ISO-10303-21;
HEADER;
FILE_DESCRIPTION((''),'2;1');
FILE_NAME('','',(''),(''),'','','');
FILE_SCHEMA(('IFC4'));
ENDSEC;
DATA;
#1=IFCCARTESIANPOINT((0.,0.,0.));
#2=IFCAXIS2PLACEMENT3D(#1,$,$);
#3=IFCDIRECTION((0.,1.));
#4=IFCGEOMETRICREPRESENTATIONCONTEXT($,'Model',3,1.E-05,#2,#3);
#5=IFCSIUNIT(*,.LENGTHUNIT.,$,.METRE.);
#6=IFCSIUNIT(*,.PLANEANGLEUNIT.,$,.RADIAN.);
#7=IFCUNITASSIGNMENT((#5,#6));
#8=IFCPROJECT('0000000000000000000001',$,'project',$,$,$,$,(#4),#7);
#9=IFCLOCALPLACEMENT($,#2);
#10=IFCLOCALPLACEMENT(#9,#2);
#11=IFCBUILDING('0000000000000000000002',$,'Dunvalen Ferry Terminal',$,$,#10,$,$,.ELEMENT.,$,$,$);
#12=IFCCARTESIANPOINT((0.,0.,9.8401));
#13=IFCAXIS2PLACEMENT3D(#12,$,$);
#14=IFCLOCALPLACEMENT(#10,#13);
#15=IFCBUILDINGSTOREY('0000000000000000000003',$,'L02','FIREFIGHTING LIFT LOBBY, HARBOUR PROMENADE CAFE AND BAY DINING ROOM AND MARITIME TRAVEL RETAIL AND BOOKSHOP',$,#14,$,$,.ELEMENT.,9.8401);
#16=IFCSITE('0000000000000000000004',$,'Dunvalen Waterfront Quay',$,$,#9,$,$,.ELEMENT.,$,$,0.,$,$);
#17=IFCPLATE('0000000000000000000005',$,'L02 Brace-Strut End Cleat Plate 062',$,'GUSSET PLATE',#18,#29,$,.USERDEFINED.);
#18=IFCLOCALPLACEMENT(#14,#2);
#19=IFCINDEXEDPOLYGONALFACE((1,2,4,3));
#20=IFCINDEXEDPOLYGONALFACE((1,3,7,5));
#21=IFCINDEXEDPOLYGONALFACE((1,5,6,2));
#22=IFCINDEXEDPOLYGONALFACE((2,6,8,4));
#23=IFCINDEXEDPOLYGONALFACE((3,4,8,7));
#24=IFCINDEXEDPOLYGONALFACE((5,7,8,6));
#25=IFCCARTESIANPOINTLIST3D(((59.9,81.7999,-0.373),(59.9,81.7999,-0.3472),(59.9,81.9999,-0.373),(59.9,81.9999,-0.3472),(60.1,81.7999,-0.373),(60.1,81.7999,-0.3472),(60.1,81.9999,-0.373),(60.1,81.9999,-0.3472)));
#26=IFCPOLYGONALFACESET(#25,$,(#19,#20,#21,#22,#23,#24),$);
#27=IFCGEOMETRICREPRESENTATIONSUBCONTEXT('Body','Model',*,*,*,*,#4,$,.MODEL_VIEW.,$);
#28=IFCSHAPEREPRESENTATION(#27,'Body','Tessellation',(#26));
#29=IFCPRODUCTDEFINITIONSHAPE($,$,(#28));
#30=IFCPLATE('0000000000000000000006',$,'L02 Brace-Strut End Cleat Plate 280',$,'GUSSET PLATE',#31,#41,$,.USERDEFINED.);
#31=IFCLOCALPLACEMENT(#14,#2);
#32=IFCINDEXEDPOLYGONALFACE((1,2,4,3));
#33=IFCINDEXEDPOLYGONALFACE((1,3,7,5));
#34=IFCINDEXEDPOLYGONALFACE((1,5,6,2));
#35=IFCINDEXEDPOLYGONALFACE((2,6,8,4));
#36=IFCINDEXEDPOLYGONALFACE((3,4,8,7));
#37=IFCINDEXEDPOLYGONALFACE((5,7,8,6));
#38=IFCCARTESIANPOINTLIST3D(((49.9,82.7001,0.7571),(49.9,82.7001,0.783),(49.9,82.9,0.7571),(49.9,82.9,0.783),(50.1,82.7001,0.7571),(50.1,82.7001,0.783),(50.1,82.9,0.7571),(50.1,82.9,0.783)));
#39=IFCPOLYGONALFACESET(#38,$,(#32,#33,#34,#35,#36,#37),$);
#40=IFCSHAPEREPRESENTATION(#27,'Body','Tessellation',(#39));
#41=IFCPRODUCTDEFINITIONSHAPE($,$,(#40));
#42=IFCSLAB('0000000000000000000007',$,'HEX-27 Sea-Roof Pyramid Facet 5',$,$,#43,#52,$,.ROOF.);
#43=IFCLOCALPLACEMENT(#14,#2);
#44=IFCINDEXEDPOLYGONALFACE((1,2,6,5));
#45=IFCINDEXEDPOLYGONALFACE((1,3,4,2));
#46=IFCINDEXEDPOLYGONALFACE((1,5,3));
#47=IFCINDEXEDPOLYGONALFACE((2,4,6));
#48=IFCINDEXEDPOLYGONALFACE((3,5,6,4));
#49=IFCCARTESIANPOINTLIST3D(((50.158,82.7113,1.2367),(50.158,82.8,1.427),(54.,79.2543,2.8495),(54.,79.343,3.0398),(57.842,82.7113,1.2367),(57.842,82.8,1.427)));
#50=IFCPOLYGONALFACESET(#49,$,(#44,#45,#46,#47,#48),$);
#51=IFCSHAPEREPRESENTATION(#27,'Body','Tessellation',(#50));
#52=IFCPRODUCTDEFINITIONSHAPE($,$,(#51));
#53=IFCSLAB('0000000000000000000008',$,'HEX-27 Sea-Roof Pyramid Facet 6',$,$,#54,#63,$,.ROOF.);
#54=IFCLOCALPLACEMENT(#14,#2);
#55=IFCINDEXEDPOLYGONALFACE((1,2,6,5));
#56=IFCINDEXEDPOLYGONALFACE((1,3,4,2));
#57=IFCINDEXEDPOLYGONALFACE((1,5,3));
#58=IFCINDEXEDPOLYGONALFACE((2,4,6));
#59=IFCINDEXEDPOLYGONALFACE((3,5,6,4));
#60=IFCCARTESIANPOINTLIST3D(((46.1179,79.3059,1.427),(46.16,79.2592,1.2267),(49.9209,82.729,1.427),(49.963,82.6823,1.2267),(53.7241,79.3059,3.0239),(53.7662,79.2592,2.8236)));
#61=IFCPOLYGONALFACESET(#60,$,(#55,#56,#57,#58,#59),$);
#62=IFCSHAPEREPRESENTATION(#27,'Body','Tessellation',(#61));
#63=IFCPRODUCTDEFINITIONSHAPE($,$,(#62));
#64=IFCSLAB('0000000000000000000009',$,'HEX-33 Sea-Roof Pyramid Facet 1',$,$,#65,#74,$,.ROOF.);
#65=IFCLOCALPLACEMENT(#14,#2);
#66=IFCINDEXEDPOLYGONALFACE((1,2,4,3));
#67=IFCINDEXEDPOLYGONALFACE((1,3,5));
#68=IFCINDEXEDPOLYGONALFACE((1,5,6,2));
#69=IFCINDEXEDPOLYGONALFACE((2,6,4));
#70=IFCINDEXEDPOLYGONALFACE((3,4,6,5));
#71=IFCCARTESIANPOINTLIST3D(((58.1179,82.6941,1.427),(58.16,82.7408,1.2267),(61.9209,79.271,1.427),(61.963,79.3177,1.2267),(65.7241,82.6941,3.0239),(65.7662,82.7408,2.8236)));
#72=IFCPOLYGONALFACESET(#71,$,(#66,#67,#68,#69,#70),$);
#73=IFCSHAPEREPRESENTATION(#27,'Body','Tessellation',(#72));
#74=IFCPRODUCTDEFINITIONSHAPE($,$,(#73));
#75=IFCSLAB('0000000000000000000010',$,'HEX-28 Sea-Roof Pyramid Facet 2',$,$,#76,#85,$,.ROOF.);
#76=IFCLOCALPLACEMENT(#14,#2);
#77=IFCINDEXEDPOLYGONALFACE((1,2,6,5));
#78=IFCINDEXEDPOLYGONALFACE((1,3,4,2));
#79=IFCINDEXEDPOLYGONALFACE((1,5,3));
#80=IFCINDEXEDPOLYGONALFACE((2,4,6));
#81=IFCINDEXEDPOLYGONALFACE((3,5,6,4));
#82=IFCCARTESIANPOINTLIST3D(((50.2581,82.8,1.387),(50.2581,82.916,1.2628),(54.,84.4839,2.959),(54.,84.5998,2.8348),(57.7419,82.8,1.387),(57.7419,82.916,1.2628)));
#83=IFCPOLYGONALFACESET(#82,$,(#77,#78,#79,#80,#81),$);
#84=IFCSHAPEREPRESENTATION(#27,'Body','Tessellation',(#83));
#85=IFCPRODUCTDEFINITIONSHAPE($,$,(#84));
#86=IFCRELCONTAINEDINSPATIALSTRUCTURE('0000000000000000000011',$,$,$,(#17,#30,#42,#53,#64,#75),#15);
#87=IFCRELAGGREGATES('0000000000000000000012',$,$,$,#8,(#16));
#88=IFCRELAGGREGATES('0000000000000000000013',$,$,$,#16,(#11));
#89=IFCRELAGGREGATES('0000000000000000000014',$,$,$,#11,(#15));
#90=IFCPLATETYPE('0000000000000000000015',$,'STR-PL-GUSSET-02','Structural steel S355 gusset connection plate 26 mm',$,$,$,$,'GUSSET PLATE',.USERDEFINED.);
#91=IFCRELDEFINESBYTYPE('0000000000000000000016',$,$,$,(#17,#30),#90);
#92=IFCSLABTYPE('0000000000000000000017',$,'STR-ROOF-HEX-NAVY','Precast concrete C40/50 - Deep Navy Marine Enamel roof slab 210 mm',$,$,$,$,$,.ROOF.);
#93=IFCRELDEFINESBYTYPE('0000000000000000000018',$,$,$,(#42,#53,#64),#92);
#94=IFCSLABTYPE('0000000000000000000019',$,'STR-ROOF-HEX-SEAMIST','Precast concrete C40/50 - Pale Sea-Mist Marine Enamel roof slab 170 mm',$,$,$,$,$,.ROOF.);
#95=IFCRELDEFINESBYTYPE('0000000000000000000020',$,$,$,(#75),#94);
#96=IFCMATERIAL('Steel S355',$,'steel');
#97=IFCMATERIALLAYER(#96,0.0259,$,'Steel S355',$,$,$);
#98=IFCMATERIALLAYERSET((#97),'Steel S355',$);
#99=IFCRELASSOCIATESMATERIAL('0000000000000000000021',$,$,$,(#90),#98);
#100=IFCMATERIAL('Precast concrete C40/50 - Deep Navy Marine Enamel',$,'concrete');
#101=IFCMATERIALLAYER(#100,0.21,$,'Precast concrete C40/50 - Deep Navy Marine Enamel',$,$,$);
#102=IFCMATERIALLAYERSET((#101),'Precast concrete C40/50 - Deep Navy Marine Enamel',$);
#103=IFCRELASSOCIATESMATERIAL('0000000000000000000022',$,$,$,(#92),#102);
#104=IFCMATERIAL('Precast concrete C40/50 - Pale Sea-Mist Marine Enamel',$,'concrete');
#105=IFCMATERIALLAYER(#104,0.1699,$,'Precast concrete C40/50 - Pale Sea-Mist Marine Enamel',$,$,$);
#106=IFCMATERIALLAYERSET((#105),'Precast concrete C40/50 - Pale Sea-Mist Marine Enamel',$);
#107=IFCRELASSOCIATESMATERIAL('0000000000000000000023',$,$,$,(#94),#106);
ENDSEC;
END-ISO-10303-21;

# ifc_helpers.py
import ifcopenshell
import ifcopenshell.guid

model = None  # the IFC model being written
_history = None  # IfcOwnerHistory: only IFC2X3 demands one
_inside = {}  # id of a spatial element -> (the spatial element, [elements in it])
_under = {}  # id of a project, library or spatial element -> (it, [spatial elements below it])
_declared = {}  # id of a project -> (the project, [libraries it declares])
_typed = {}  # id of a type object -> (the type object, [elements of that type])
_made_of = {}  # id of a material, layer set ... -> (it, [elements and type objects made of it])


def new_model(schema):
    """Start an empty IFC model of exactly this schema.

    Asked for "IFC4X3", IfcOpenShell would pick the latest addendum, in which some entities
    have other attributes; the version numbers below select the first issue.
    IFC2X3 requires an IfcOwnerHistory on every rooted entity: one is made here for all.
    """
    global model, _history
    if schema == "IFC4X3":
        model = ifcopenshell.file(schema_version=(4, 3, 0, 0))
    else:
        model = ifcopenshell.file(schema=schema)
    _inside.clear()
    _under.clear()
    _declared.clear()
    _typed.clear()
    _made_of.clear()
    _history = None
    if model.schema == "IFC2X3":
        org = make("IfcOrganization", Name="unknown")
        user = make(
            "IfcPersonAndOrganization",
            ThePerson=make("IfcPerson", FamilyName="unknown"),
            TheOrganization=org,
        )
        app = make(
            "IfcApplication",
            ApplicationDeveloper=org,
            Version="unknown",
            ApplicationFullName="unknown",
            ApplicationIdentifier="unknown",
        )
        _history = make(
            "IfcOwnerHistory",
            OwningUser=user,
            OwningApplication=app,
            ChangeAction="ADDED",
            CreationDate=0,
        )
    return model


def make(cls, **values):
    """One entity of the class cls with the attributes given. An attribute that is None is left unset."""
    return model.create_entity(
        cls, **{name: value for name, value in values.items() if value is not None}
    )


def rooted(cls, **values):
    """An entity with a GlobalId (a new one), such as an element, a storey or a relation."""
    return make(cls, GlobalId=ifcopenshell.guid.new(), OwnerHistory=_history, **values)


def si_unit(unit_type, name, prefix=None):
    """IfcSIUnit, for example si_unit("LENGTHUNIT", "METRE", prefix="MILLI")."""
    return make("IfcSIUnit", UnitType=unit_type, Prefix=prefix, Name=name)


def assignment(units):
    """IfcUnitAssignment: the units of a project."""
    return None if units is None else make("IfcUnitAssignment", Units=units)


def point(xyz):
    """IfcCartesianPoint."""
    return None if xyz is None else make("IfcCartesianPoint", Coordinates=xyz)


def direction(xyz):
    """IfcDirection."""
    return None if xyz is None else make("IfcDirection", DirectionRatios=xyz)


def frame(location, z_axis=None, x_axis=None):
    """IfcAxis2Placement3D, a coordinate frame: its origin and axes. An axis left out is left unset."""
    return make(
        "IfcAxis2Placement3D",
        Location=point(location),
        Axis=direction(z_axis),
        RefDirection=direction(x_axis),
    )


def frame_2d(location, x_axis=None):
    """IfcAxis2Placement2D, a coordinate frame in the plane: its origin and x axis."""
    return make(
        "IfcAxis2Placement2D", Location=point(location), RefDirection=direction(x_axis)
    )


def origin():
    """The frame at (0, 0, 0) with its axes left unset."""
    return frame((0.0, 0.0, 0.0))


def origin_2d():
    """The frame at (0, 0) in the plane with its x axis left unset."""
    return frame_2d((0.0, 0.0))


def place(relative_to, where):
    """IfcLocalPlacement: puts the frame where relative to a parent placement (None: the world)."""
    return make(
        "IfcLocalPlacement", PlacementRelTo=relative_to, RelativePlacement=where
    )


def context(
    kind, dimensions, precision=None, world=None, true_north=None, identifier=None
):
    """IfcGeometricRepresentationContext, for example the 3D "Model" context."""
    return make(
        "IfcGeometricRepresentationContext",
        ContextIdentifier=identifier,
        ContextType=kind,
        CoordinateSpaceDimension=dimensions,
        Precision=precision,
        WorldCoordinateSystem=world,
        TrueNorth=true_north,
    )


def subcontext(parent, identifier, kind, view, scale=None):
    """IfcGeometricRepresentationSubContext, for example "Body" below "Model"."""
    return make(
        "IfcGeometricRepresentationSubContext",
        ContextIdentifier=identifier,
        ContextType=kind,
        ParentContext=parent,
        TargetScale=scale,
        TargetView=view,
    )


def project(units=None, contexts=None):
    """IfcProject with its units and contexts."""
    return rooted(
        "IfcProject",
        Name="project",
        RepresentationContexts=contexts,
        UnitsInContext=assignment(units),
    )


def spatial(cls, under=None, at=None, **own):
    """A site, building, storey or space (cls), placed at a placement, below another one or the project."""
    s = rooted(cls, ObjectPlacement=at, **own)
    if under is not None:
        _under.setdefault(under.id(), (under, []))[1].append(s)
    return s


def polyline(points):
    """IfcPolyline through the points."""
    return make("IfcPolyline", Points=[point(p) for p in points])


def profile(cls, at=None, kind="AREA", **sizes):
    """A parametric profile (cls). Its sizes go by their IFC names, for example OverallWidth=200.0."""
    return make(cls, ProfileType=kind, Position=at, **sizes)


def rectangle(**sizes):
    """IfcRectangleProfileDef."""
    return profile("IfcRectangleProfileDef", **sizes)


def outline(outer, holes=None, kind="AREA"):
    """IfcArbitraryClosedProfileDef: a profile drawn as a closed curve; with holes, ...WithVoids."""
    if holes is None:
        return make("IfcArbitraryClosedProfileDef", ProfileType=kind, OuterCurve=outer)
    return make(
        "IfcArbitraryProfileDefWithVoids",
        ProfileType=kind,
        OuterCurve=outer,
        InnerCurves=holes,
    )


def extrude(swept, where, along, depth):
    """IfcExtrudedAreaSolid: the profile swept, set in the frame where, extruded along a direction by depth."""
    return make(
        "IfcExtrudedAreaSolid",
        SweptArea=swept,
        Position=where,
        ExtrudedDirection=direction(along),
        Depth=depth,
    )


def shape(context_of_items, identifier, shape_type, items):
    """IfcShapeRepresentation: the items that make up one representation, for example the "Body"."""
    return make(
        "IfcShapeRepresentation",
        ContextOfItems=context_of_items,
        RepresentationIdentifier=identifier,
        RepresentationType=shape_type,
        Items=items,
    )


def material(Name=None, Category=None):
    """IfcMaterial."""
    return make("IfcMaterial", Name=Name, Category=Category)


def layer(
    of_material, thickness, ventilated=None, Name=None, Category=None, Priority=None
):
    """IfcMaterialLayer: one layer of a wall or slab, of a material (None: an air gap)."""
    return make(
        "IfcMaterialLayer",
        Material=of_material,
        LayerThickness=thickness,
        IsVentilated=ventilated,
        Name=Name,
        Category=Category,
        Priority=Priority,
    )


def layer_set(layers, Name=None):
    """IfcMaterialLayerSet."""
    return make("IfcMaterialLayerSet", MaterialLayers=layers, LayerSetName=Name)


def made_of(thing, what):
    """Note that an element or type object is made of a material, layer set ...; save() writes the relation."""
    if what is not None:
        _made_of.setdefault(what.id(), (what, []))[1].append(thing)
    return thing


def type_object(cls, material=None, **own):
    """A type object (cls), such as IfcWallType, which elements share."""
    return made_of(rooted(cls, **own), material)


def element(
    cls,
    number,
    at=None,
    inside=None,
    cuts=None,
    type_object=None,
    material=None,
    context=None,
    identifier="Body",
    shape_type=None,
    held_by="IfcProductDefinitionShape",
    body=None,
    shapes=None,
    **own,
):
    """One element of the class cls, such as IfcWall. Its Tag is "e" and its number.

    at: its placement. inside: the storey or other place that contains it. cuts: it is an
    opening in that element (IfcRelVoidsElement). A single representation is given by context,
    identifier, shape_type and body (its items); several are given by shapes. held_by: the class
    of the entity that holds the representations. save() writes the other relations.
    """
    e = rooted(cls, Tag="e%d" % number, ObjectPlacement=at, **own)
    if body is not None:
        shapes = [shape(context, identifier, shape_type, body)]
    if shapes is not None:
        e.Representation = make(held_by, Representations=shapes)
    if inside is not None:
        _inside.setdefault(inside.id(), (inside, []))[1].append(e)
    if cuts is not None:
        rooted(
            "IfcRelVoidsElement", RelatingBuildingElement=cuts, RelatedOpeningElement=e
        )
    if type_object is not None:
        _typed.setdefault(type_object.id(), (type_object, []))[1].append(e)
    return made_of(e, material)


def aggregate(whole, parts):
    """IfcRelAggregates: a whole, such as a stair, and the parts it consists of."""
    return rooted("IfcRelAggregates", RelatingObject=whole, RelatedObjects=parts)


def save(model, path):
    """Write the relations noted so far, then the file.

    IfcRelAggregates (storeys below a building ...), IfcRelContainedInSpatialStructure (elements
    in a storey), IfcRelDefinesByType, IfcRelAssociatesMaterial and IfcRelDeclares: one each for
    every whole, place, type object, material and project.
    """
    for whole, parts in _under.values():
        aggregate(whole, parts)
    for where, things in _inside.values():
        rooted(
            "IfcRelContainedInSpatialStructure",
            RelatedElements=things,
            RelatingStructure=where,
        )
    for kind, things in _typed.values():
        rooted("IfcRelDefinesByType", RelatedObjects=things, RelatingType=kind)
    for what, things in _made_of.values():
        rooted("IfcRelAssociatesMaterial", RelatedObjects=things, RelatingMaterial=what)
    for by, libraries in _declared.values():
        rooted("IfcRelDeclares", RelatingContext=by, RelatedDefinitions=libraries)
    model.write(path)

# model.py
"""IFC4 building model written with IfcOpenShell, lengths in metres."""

from ifc_helpers import new_model, si_unit, direction, frame, origin, origin_2d, place, context, subcontext, project, spatial, polyline, rectangle, outline, extrude, material, layer, layer_set, type_object, element, save


model = new_model("IFC4")

# Units and contexts
model_context = context("Model", 3, precision=1e-05, world=origin(), true_north=direction((0.0, 1.0)))
body_context = subcontext(model_context, "Body", "Model", "MODEL_VIEW")
ifc_project = project(units=[si_unit("LENGTHUNIT", "METRE"), si_unit("PLANEANGLEUNIT", "RADIAN")], contexts=[model_context])

# Site, building, storey
site_placement = place(None, origin())
site = spatial("IfcSite", under=ifc_project, at=site_placement, Name="Dunvalen Waterfront Quay", CompositionType="ELEMENT", RefElevation=0.0)
building_placement = place(site_placement, origin())
building = spatial("IfcBuilding", under=site, at=building_placement, Name="Dunvalen Ferry Terminal", CompositionType="ELEMENT")
storey_placement = place(building_placement, frame((0.0, 0.0, 9.8401)))
storey = spatial("IfcBuildingStorey", under=building, at=storey_placement, Name="L02", Description="FIREFIGHTING LIFT LOBBY, HARBOUR PROMENADE CAFE AND BAY DINING ROOM AND MARITIME TRAVEL RETAIL AND BOOKSHOP", CompositionType="ELEMENT", Elevation=9.8401)

# Shared definitions
ifc_material_1 = material(Name="Steel S355", Category="steel")

# Plates
ifc_layer_1 = layer(ifc_material_1, 0.0259, Name="Steel S355")
ifc_layer_set_1 = layer_set([ifc_layer_1], Name="Steel S355")
plate_type_1 = type_object("IfcPlateType", Name="STR-PL-GUSSET-02", Description="Structural steel S355 gusset connection plate 26 mm", ElementType="GUSSET PLATE", PredefinedType="USERDEFINED", material=ifc_layer_set_1)
for number, where, z_axis, x_axis, name in (
    (1, (60.0, 81.8999, -0.373), (0.0, 0.0, 1.0), (1.0, 0.0, 0.0), "L02 Brace-Strut End Cleat Plate 062"),
    (2, (50.0, 82.8, 0.7571), (0.0, 0.0, 1.0), (1.0, 0.0, 0.0), "L02 Brace-Strut End Cleat Plate 280"),
):
    element("IfcPlate", number, at=place(storey_placement, frame(where, z_axis=z_axis, x_axis=x_axis)), inside=storey, type_object=plate_type_1, Name=name, ObjectType="GUSSET PLATE", PredefinedType="USERDEFINED", context=body_context, shape_type="SweptSolid", body=[
        extrude(rectangle(XDim=0.2, YDim=0.2, at=origin_2d()), origin(), (0.0, 0.0, 1.0), 0.0259),
    ])

# Slabs
ifc_material_2 = material(Name="Precast concrete C40/50 - Deep Navy Marine Enamel", Category="concrete")
ifc_layer_2 = layer(ifc_material_2, 0.21, Name="Precast concrete C40/50 - Deep Navy Marine Enamel")
ifc_layer_set_2 = layer_set([ifc_layer_2], Name="Precast concrete C40/50 - Deep Navy Marine Enamel")
slab_type_1 = type_object("IfcSlabType", Name="STR-ROOF-HEX-NAVY", Description="Precast concrete C40/50 - Deep Navy Marine Enamel roof slab 210 mm", PredefinedType="ROOF", material=ifc_layer_set_2)
slab_1_placement = place(storey_placement, frame((57.842, 82.8, 1.427), z_axis=(0.0, 0.42278, 0.906232), x_axis=(-1.0, 0.0, 0.0)))
element("IfcSlab", 3, at=slab_1_placement, inside=storey, type_object=slab_type_1, Name="HEX-27 Sea-Roof Pyramid Facet 5", PredefinedType="ROOF", context=body_context, shape_type="SweptSolid", body=[
    extrude(outline(polyline([(0.0, 0.0), (7.6841, 0.0), (3.842, 3.8147), (0.0, 0.0)])), origin(), (0.0, 0.0, -1.0), 0.21),
])
slab_2_placement = place(storey_placement, frame((49.9209, 82.729, 1.427), z_axis=(-0.200318, 0.222548, 0.95412), x_axis=(-0.743254, -0.66901, 0.0)))
element("IfcSlab", 4, at=slab_2_placement, inside=storey, type_object=slab_type_1, Name="HEX-27 Sea-Roof Pyramid Facet 6", PredefinedType="ROOF", context=body_context, shape_type="SweptSolid", body=[
    extrude(outline(polyline([(0.0, 0.0), (5.1167, 0.0), (-0.5367, 5.3333), (0.0, 0.0)])), origin(), (0.0, 0.0, -1.0), 0.21),
])
slab_3_placement = place(storey_placement, frame((58.1179, 82.6941, 1.427), z_axis=(-0.200318, -0.222548, 0.95412), x_axis=(0.743254, -0.66901, 0.0)))
element("IfcSlab", 5, at=slab_3_placement, inside=storey, type_object=slab_type_1, Name="HEX-33 Sea-Roof Pyramid Facet 1", PredefinedType="ROOF", context=body_context, shape_type="SweptSolid", body=[
    extrude(outline(polyline([(0.0, 0.0), (5.1167, 0.0), (5.6533, 5.3333), (0.0, 0.0)])), origin(), (0.0, 0.0, -1.0), 0.21),
])
ifc_material_3 = material(Name="Precast concrete C40/50 - Pale Sea-Mist Marine Enamel", Category="concrete")
ifc_layer_3 = layer(ifc_material_3, 0.1699, Name="Precast concrete C40/50 - Pale Sea-Mist Marine Enamel")
ifc_layer_set_3 = layer_set([ifc_layer_3], Name="Precast concrete C40/50 - Pale Sea-Mist Marine Enamel")
slab_type_2 = type_object("IfcSlabType", Name="STR-ROOF-HEX-SEAMIST", Description="Precast concrete C40/50 - Pale Sea-Mist Marine Enamel roof slab 170 mm", PredefinedType="ROOF", material=ifc_layer_set_3)
slab_4_placement = place(storey_placement, frame((50.2581, 82.8, 1.387), z_axis=(0.0, -0.68242, 0.73096), x_axis=(1.0, 0.0, 0.0)))
element("IfcSlab", 6, at=slab_4_placement, inside=storey, type_object=slab_type_2, Name="HEX-28 Sea-Roof Pyramid Facet 2", PredefinedType="ROOF", context=body_context, shape_type="SweptSolid", body=[
    extrude(outline(polyline([(0.0, 0.0), (7.4839, 0.0), (3.7419, 2.3036), (0.0, 0.0)])), origin(), (0.0, 0.0, -1.0), 0.1699),
])

save(model, "model.ifc")
